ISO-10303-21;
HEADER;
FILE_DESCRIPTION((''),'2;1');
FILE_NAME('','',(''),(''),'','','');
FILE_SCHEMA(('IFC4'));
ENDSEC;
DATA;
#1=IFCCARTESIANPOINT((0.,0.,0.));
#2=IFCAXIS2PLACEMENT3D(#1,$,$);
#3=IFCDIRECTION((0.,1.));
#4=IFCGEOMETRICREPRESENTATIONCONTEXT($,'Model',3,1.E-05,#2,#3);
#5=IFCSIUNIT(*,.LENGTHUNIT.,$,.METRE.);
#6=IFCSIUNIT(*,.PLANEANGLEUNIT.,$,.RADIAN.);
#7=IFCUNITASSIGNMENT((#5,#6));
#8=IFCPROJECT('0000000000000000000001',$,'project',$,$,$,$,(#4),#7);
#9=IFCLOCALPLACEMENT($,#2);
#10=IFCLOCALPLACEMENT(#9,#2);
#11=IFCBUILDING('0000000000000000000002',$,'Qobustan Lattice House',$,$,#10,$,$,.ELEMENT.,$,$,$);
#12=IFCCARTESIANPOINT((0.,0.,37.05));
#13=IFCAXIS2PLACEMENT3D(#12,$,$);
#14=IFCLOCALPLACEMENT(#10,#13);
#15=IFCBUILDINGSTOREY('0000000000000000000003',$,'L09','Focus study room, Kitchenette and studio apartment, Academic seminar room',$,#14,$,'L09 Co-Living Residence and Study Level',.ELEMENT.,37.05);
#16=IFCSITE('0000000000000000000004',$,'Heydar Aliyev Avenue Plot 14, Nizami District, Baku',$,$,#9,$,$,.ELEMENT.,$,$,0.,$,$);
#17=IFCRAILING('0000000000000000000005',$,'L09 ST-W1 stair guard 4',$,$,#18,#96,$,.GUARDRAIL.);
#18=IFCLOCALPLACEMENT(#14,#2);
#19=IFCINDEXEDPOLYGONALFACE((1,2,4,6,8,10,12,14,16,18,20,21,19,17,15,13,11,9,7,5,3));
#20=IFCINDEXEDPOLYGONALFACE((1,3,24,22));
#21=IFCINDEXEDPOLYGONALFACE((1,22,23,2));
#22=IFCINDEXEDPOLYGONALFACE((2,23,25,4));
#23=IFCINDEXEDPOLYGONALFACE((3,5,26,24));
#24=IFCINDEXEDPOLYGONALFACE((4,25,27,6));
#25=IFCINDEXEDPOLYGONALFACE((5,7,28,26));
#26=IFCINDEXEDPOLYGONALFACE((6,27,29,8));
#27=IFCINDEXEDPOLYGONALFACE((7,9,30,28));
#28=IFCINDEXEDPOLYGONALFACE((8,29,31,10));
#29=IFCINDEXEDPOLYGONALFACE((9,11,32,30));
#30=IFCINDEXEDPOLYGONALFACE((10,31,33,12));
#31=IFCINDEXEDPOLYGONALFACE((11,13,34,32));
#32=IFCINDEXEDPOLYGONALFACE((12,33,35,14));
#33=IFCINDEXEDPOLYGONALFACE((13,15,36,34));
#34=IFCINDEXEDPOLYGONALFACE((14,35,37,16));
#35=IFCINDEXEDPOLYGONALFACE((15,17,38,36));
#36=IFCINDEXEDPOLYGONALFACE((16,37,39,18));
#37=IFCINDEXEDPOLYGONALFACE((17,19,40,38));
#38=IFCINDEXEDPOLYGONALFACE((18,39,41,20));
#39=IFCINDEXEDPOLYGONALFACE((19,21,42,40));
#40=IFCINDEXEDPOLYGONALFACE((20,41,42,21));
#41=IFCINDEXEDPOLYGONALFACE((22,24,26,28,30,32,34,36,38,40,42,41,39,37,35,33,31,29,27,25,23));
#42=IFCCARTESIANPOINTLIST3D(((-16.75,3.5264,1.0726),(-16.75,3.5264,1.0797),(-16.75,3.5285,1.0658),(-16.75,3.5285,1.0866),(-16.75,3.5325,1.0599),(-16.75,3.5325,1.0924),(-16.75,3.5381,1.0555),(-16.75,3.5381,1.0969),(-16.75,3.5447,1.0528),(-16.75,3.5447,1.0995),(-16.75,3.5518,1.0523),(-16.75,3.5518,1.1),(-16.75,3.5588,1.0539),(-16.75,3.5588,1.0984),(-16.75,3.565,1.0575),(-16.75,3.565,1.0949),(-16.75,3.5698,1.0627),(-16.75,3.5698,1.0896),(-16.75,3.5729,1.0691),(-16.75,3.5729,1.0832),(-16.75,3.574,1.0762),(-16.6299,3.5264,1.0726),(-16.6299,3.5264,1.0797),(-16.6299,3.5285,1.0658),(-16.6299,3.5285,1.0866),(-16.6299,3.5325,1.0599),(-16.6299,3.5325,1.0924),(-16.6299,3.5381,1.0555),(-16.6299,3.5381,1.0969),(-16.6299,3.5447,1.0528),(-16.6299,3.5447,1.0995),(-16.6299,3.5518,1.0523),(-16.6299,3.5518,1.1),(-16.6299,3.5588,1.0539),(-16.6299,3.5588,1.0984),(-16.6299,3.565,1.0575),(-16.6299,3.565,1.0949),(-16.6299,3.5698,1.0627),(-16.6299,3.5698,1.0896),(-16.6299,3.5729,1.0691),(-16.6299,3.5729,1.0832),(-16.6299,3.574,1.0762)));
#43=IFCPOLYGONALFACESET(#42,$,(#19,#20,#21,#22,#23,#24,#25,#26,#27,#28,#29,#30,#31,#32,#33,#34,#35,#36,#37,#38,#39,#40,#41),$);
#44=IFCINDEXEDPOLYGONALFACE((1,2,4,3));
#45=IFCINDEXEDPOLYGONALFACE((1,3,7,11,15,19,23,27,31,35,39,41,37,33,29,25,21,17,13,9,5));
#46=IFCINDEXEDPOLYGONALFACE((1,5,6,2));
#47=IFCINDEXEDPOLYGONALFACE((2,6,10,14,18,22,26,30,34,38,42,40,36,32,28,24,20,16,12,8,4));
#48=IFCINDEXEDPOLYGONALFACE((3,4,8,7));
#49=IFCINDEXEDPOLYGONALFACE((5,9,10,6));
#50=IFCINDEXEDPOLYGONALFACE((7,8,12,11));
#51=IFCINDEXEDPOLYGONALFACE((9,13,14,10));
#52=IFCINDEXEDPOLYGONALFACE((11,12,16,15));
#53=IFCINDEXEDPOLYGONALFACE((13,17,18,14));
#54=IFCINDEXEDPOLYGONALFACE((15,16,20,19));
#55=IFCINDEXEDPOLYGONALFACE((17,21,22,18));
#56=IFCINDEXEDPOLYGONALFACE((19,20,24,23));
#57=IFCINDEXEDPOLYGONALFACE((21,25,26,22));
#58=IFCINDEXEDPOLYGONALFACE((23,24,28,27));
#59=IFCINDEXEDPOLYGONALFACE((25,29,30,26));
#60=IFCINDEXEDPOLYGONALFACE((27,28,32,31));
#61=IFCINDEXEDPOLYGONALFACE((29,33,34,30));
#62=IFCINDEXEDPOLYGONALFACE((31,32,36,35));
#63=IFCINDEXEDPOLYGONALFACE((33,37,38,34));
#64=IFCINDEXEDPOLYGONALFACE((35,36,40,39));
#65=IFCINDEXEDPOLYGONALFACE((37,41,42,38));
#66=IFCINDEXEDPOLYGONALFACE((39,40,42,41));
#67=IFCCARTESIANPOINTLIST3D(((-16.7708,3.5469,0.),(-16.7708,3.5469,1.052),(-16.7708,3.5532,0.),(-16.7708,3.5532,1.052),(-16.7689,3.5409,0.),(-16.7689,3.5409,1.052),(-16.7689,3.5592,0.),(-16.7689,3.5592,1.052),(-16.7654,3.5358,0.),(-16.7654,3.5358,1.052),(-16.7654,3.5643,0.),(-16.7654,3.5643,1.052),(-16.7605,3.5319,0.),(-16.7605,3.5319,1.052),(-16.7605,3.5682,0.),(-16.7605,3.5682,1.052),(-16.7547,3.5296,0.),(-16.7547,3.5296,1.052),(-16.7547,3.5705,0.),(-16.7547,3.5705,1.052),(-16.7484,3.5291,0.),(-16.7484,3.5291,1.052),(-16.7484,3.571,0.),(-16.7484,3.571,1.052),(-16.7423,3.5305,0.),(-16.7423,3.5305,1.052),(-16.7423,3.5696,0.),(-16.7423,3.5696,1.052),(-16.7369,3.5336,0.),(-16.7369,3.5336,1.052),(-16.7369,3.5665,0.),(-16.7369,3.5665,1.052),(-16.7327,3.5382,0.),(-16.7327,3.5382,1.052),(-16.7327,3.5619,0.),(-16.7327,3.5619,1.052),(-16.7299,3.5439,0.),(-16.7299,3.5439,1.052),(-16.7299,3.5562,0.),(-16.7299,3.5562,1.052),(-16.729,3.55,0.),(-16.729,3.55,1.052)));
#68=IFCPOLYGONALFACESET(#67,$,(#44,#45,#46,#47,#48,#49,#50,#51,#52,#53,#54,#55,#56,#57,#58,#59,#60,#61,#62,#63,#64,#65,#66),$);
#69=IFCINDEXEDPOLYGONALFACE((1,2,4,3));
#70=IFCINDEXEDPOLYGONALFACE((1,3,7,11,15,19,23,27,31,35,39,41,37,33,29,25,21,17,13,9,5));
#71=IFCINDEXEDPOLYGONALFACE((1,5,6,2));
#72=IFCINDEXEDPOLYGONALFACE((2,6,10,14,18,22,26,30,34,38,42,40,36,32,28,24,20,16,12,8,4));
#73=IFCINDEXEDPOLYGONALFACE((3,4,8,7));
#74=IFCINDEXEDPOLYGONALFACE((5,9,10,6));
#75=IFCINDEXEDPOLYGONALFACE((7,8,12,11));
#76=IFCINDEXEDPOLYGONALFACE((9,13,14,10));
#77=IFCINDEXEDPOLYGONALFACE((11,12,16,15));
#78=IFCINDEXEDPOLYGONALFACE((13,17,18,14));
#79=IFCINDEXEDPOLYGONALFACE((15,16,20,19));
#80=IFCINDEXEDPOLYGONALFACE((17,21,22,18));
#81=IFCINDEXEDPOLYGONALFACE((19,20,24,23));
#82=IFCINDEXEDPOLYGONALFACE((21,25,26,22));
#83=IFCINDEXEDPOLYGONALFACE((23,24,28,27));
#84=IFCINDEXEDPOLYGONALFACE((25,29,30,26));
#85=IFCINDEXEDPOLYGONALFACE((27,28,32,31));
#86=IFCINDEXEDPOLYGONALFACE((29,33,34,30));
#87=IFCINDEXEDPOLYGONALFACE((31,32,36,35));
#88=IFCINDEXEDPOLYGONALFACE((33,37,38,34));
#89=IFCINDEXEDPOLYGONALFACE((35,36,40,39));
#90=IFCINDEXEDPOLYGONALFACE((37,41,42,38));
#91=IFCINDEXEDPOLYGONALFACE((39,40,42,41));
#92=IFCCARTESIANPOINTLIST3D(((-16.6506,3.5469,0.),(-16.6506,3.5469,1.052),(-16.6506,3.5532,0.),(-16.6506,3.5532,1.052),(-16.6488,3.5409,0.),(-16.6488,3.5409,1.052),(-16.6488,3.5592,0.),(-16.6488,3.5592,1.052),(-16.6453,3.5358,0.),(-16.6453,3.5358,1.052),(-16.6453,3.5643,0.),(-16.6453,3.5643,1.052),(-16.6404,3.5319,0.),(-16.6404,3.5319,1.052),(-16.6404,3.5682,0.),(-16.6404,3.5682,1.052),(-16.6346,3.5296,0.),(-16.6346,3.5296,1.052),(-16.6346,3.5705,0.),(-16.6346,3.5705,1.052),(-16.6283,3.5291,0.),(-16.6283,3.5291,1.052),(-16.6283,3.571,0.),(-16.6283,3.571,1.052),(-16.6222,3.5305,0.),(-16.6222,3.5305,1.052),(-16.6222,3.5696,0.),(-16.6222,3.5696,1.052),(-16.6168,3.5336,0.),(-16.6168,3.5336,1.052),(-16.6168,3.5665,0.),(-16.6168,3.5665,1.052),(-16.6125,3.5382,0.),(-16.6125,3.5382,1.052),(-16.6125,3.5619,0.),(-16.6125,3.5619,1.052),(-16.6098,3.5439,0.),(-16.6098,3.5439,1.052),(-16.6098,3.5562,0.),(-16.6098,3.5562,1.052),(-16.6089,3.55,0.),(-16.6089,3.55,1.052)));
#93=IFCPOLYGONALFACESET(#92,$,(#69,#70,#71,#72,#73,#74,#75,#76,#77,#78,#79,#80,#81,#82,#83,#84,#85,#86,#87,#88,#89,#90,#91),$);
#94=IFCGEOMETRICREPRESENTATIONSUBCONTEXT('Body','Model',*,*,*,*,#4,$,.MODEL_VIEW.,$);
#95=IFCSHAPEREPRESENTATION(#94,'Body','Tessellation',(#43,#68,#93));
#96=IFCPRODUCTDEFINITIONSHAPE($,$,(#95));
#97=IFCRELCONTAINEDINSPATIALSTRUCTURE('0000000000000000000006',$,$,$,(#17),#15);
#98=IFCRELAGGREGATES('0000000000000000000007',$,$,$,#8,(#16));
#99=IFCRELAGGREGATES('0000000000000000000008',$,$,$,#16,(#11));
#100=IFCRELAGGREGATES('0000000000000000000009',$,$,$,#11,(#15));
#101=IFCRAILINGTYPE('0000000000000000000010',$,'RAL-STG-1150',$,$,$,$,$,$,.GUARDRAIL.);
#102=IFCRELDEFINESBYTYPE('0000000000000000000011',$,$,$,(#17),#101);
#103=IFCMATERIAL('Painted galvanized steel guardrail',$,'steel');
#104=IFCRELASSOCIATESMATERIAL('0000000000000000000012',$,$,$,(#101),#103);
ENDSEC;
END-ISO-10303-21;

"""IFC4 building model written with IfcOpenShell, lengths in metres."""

from ifc_helpers import new_model, si_unit, direction, frame, origin, origin_2d, place, context, subcontext, project, spatial, circle, extrude, material, type_object, element, save


model = new_model("IFC4")

# Units and contexts
model_context = context("Model", 3, precision=1e-05, world=origin(), true_north=direction((0.0, 1.0)))
body_context = subcontext(model_context, "Body", "Model", "MODEL_VIEW")
ifc_project = project(units=[si_unit("LENGTHUNIT", "METRE"), si_unit("PLANEANGLEUNIT", "RADIAN")], contexts=[model_context])

# Site, building, storey
site_placement = place(None, origin())
site = spatial("IfcSite", under=ifc_project, at=site_placement, Name="Heydar Aliyev Avenue Plot 14, Nizami District, Baku", CompositionType="ELEMENT", RefElevation=0.0)
building_placement = place(site_placement, origin())
building = spatial("IfcBuilding", under=site, at=building_placement, Name="Qobustan Lattice House", CompositionType="ELEMENT")
storey_placement = place(building_placement, frame((0.0, 0.0, 37.05)))
storey = spatial("IfcBuildingStorey", under=building, at=storey_placement, Name="L09", Description="Focus study room, Kitchenette and studio apartment, Academic seminar room", LongName="L09 Co-Living Residence and Study Level", CompositionType="ELEMENT", Elevation=37.05)

# Railing
ifc_material_1 = material(Name="Painted galvanized steel guardrail", Category="steel")
railing_type_1 = type_object("IfcRailingType", Name="RAL-STG-1150", PredefinedType="GUARDRAIL", material=ifc_material_1)
railing_1_placement = place(storey_placement, frame((-16.75, 3.55, 0.0)))
element("IfcRailing", 1, at=railing_1_placement, inside=storey, type_object=railing_type_1, Name="L09 ST-W1 stair guard 4", PredefinedType="GUARDRAIL", context=body_context, shape_type="SweptSolid", body=[
    extrude(circle(Radius=0.0239, at=origin_2d()), frame((0.0, 0.0, 1.0762), z_axis=(1.0, 0.0, 0.0), x_axis=(0.0, 1.0, 0.0)), (0.0, 0.0, 1.0), 0.1201),
    extrude(circle(Radius=0.021, at=origin_2d()), origin(), (0.0, 0.0, 1.0), 1.052),
    extrude(circle(Radius=0.021, at=origin_2d()), frame((0.1201, 0.0, 0.0)), (0.0, 0.0, 1.0), 1.052),
])

save(model, "model.ifc")
